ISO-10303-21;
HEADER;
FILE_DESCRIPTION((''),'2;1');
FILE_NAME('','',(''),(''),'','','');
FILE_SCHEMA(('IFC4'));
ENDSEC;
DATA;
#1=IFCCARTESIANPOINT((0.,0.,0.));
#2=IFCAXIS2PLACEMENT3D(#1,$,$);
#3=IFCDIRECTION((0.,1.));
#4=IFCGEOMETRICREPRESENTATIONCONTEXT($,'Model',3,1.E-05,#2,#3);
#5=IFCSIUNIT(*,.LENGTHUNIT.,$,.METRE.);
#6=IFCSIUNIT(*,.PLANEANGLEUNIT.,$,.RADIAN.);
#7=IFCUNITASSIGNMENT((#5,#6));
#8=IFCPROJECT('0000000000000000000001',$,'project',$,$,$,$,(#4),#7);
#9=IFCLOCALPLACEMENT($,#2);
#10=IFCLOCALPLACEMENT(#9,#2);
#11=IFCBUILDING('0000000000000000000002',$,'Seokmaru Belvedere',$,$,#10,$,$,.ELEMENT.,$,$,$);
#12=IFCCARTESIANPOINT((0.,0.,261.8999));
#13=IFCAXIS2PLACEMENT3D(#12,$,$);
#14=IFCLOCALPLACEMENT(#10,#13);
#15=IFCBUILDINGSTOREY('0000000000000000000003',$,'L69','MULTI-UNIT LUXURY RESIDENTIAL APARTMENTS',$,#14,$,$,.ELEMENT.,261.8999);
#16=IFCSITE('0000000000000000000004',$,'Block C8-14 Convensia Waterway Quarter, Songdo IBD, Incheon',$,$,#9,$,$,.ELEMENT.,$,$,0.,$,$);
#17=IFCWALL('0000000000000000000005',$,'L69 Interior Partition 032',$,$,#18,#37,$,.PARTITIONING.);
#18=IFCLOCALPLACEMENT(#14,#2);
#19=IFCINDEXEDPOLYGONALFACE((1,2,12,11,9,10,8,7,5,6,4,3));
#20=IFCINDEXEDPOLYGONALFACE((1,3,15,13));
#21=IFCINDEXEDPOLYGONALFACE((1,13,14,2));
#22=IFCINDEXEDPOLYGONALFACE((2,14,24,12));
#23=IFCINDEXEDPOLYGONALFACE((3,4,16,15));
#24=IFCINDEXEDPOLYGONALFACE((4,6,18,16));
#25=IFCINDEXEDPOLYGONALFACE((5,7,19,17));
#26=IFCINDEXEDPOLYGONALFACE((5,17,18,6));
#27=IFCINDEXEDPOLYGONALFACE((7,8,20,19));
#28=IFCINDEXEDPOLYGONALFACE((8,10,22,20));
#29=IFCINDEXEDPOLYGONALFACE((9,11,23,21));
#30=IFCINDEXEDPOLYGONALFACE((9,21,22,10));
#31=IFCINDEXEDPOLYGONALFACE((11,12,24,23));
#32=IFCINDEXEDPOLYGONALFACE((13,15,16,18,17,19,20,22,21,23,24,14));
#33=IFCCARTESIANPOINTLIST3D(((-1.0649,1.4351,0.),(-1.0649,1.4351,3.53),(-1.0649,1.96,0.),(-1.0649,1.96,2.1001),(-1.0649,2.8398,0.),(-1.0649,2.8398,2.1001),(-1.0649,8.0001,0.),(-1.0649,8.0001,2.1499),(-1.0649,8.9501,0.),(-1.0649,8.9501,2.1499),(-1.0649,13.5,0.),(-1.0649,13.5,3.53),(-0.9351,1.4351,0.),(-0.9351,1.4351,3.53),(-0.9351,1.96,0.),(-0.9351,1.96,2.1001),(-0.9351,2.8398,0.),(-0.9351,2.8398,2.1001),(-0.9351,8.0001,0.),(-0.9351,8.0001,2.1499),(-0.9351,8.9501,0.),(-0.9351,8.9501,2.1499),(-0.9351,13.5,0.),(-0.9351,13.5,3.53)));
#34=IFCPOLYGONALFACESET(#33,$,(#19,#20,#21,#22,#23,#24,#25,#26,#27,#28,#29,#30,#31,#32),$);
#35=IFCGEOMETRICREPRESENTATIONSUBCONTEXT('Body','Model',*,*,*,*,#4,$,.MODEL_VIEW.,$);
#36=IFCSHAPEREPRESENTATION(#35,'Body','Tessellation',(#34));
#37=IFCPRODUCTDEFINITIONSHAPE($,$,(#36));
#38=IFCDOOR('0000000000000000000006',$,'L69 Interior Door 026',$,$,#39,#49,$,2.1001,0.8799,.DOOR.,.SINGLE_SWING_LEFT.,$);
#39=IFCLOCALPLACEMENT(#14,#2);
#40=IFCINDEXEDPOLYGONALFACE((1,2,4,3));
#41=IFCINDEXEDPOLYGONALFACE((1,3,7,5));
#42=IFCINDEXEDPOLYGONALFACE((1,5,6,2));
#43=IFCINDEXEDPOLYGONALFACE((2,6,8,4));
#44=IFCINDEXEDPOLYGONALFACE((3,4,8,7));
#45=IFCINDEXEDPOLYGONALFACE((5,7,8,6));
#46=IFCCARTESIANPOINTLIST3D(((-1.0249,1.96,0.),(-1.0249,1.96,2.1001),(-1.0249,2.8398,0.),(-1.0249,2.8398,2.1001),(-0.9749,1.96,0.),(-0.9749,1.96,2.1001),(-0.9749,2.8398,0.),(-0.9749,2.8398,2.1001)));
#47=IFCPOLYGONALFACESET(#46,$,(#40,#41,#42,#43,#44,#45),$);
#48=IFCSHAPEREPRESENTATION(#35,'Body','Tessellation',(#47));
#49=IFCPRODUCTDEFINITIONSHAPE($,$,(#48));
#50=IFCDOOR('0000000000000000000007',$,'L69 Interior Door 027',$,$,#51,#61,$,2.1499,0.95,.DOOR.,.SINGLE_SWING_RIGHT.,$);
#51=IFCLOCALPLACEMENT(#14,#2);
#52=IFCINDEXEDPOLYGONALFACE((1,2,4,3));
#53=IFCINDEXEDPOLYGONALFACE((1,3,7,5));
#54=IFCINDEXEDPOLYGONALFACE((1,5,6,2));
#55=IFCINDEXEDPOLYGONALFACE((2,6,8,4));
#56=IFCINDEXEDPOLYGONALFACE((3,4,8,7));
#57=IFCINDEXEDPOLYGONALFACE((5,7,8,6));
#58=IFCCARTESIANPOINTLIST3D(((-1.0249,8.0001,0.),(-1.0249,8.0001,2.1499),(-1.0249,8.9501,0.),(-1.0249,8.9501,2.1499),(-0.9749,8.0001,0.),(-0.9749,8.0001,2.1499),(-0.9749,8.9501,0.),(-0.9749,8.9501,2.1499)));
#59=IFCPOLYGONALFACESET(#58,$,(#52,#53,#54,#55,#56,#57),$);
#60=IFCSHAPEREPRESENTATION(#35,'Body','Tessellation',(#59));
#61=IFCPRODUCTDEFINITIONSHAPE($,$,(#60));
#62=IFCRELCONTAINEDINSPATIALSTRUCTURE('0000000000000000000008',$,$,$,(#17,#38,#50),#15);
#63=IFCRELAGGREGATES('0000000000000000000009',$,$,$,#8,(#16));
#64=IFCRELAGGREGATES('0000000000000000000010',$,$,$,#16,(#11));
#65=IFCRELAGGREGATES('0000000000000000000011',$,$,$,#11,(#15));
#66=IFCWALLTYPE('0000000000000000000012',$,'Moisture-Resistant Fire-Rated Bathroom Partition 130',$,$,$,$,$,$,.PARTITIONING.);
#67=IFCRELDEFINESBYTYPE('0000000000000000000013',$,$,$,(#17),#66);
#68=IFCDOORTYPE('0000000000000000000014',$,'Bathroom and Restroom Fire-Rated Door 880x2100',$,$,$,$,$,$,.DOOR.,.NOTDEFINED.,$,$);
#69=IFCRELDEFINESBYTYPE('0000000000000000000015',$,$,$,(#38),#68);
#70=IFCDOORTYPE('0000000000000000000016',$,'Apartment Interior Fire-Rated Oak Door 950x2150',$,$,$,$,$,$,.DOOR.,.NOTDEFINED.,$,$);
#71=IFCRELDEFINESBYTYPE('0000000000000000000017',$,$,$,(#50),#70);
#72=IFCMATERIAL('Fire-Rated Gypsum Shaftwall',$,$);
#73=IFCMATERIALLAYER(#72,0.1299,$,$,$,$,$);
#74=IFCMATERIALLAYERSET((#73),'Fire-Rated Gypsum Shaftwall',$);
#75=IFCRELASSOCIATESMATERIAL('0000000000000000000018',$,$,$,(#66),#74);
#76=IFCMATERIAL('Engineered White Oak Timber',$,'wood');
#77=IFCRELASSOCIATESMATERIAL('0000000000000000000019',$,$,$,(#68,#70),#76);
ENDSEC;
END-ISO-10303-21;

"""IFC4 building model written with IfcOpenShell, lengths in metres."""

from ifc_helpers import new_model, si_unit, direction, frame, frame_2d, origin, place, context, subcontext, project, spatial, rectangle, extrude, source, transform, mapped, material, layer, layer_set, type_object, type_shapes, element, fill, save


model = new_model("IFC4")

# Units and contexts
model_context = context("Model", 3, precision=1e-05, world=origin(), true_north=direction((0.0, 1.0)))
body_context = subcontext(model_context, "Body", "Model", "MODEL_VIEW")
ifc_project = project(units=[si_unit("LENGTHUNIT", "METRE"), si_unit("PLANEANGLEUNIT", "RADIAN")], contexts=[model_context])

# Site, building, storey
site_placement = place(None, origin())
site = spatial("IfcSite", under=ifc_project, at=site_placement, Name="Block C8-14 Convensia Waterway Quarter, Songdo IBD, Incheon", CompositionType="ELEMENT", RefElevation=0.0)
building_placement = place(site_placement, origin())
building = spatial("IfcBuilding", under=site, at=building_placement, Name="Seokmaru Belvedere", CompositionType="ELEMENT")
storey_placement = place(building_placement, frame((0.0, 0.0, 261.8999)))
storey = spatial("IfcBuildingStorey", under=building, at=storey_placement, Name="L69", Description="MULTI-UNIT LUXURY RESIDENTIAL APARTMENTS", CompositionType="ELEMENT", Elevation=261.8999)

# Shared definitions
ifc_material_1 = material(Name="Fire-Rated Gypsum Shaftwall")
ifc_layer_1 = layer(ifc_material_1, 0.1299)
ifc_layer_set_1 = layer_set([ifc_layer_1], Name="Fire-Rated Gypsum Shaftwall")
wall_type_1 = type_object("IfcWallType", Name="Moisture-Resistant Fire-Rated Bathroom Partition 130", PredefinedType="PARTITIONING", material=ifc_layer_set_1)

# Wall, openings, doors
wall_1_placement = place(storey_placement, frame((-1.0, 1.4351, 0.0), z_axis=(0.0, 0.0, 1.0), x_axis=(0.0, 1.0, 0.0)))
wall_1 = element("IfcWall", 1, at=wall_1_placement, inside=storey, type_object=wall_type_1, Name="L69 Interior Partition 032", PredefinedType="PARTITIONING", context=body_context, shape_type="SweptSolid", body=[
    extrude(rectangle(XDim=12.0649, YDim=0.1299, at=frame_2d((6.0325, 0.0))), origin(), (0.0, 0.0, 1.0), 3.53),
])
opening_1_placement = place(wall_1_placement, frame((0.5249, 0.0, 0.0)))
opening_1 = element("IfcOpeningElement", 2, at=opening_1_placement, cuts=wall_1, PredefinedType="OPENING", context=body_context, shape_type="SweptSolid", body=[
    extrude(rectangle(XDim=0.8799, YDim=2.1001, at=frame_2d((0.4399, 1.05))), frame((0.0, 0.075, 0.0), z_axis=(0.0, -1.0, 0.0), x_axis=(1.0, 0.0, 0.0)), (0.0, 0.0, 1.0), 0.1499),
])
opening_2_placement = place(wall_1_placement, frame((6.5649, 0.0, 0.0)))
opening_2 = element("IfcOpeningElement", 3, at=opening_2_placement, cuts=wall_1, PredefinedType="OPENING", context=body_context, shape_type="SweptSolid", body=[
    extrude(rectangle(XDim=0.95, YDim=2.1499, at=frame_2d((0.4751, 1.075))), frame((0.0, 0.075, 0.0), z_axis=(0.0, -1.0, 0.0), x_axis=(1.0, 0.0, 0.0)), (0.0, 0.0, 1.0), 0.1499),
])
ifc_material_2 = material(Name="Engineered White Oak Timber", Category="wood")
door_type_1 = type_object("IfcDoorType", Name="Bathroom and Restroom Fire-Rated Door 880x2100", OperationType="NOTDEFINED", PredefinedType="DOOR", material=ifc_material_2)
shared_shape_1 = source(origin(), body_context, "Body", "SweptSolid", [
    extrude(rectangle(XDim=0.8799, YDim=2.1001, at=frame_2d((0.4399, 1.05))), frame((0.0, 0.0249, 0.0), z_axis=(0.0, -1.0, 0.0), x_axis=(1.0, 0.0, 0.0)), (0.0, 0.0, 1.0), 0.05),
])
type_shapes(door_type_1, [shared_shape_1])
door_1_placement = place(opening_1_placement, origin())
door_1 = element("IfcDoor", 4, at=door_1_placement, inside=storey, type_object=door_type_1, Name="L69 Interior Door 026", OperationType="SINGLE_SWING_LEFT", OverallHeight=2.1001, OverallWidth=0.8799, PredefinedType="DOOR", context=body_context, shape_type="MappedRepresentation", body=[
    mapped(shared_shape_1, transform((0.0, 0.0, 0.0), scale=1.0)),
])
fill(opening_1, door_1)
door_type_2 = type_object("IfcDoorType", Name="Apartment Interior Fire-Rated Oak Door 950x2150", OperationType="NOTDEFINED", PredefinedType="DOOR", material=ifc_material_2)
shared_shape_2 = source(origin(), body_context, "Body", "SweptSolid", [
    extrude(rectangle(XDim=0.95, YDim=2.1499, at=frame_2d((0.4751, 1.075))), frame((0.0, 0.0249, 0.0), z_axis=(0.0, -1.0, 0.0), x_axis=(1.0, 0.0, 0.0)), (0.0, 0.0, 1.0), 0.05),
])
type_shapes(door_type_2, [shared_shape_2])
door_2_placement = place(opening_2_placement, origin())
door_2 = element("IfcDoor", 5, at=door_2_placement, inside=storey, type_object=door_type_2, Name="L69 Interior Door 027", OperationType="SINGLE_SWING_RIGHT", OverallHeight=2.1499, OverallWidth=0.95, PredefinedType="DOOR", context=body_context, shape_type="MappedRepresentation", body=[
    mapped(shared_shape_2, transform((0.0, 0.0, 0.0), scale=1.0)),
])
fill(opening_2, door_2)

save(model, "model.ifc")
